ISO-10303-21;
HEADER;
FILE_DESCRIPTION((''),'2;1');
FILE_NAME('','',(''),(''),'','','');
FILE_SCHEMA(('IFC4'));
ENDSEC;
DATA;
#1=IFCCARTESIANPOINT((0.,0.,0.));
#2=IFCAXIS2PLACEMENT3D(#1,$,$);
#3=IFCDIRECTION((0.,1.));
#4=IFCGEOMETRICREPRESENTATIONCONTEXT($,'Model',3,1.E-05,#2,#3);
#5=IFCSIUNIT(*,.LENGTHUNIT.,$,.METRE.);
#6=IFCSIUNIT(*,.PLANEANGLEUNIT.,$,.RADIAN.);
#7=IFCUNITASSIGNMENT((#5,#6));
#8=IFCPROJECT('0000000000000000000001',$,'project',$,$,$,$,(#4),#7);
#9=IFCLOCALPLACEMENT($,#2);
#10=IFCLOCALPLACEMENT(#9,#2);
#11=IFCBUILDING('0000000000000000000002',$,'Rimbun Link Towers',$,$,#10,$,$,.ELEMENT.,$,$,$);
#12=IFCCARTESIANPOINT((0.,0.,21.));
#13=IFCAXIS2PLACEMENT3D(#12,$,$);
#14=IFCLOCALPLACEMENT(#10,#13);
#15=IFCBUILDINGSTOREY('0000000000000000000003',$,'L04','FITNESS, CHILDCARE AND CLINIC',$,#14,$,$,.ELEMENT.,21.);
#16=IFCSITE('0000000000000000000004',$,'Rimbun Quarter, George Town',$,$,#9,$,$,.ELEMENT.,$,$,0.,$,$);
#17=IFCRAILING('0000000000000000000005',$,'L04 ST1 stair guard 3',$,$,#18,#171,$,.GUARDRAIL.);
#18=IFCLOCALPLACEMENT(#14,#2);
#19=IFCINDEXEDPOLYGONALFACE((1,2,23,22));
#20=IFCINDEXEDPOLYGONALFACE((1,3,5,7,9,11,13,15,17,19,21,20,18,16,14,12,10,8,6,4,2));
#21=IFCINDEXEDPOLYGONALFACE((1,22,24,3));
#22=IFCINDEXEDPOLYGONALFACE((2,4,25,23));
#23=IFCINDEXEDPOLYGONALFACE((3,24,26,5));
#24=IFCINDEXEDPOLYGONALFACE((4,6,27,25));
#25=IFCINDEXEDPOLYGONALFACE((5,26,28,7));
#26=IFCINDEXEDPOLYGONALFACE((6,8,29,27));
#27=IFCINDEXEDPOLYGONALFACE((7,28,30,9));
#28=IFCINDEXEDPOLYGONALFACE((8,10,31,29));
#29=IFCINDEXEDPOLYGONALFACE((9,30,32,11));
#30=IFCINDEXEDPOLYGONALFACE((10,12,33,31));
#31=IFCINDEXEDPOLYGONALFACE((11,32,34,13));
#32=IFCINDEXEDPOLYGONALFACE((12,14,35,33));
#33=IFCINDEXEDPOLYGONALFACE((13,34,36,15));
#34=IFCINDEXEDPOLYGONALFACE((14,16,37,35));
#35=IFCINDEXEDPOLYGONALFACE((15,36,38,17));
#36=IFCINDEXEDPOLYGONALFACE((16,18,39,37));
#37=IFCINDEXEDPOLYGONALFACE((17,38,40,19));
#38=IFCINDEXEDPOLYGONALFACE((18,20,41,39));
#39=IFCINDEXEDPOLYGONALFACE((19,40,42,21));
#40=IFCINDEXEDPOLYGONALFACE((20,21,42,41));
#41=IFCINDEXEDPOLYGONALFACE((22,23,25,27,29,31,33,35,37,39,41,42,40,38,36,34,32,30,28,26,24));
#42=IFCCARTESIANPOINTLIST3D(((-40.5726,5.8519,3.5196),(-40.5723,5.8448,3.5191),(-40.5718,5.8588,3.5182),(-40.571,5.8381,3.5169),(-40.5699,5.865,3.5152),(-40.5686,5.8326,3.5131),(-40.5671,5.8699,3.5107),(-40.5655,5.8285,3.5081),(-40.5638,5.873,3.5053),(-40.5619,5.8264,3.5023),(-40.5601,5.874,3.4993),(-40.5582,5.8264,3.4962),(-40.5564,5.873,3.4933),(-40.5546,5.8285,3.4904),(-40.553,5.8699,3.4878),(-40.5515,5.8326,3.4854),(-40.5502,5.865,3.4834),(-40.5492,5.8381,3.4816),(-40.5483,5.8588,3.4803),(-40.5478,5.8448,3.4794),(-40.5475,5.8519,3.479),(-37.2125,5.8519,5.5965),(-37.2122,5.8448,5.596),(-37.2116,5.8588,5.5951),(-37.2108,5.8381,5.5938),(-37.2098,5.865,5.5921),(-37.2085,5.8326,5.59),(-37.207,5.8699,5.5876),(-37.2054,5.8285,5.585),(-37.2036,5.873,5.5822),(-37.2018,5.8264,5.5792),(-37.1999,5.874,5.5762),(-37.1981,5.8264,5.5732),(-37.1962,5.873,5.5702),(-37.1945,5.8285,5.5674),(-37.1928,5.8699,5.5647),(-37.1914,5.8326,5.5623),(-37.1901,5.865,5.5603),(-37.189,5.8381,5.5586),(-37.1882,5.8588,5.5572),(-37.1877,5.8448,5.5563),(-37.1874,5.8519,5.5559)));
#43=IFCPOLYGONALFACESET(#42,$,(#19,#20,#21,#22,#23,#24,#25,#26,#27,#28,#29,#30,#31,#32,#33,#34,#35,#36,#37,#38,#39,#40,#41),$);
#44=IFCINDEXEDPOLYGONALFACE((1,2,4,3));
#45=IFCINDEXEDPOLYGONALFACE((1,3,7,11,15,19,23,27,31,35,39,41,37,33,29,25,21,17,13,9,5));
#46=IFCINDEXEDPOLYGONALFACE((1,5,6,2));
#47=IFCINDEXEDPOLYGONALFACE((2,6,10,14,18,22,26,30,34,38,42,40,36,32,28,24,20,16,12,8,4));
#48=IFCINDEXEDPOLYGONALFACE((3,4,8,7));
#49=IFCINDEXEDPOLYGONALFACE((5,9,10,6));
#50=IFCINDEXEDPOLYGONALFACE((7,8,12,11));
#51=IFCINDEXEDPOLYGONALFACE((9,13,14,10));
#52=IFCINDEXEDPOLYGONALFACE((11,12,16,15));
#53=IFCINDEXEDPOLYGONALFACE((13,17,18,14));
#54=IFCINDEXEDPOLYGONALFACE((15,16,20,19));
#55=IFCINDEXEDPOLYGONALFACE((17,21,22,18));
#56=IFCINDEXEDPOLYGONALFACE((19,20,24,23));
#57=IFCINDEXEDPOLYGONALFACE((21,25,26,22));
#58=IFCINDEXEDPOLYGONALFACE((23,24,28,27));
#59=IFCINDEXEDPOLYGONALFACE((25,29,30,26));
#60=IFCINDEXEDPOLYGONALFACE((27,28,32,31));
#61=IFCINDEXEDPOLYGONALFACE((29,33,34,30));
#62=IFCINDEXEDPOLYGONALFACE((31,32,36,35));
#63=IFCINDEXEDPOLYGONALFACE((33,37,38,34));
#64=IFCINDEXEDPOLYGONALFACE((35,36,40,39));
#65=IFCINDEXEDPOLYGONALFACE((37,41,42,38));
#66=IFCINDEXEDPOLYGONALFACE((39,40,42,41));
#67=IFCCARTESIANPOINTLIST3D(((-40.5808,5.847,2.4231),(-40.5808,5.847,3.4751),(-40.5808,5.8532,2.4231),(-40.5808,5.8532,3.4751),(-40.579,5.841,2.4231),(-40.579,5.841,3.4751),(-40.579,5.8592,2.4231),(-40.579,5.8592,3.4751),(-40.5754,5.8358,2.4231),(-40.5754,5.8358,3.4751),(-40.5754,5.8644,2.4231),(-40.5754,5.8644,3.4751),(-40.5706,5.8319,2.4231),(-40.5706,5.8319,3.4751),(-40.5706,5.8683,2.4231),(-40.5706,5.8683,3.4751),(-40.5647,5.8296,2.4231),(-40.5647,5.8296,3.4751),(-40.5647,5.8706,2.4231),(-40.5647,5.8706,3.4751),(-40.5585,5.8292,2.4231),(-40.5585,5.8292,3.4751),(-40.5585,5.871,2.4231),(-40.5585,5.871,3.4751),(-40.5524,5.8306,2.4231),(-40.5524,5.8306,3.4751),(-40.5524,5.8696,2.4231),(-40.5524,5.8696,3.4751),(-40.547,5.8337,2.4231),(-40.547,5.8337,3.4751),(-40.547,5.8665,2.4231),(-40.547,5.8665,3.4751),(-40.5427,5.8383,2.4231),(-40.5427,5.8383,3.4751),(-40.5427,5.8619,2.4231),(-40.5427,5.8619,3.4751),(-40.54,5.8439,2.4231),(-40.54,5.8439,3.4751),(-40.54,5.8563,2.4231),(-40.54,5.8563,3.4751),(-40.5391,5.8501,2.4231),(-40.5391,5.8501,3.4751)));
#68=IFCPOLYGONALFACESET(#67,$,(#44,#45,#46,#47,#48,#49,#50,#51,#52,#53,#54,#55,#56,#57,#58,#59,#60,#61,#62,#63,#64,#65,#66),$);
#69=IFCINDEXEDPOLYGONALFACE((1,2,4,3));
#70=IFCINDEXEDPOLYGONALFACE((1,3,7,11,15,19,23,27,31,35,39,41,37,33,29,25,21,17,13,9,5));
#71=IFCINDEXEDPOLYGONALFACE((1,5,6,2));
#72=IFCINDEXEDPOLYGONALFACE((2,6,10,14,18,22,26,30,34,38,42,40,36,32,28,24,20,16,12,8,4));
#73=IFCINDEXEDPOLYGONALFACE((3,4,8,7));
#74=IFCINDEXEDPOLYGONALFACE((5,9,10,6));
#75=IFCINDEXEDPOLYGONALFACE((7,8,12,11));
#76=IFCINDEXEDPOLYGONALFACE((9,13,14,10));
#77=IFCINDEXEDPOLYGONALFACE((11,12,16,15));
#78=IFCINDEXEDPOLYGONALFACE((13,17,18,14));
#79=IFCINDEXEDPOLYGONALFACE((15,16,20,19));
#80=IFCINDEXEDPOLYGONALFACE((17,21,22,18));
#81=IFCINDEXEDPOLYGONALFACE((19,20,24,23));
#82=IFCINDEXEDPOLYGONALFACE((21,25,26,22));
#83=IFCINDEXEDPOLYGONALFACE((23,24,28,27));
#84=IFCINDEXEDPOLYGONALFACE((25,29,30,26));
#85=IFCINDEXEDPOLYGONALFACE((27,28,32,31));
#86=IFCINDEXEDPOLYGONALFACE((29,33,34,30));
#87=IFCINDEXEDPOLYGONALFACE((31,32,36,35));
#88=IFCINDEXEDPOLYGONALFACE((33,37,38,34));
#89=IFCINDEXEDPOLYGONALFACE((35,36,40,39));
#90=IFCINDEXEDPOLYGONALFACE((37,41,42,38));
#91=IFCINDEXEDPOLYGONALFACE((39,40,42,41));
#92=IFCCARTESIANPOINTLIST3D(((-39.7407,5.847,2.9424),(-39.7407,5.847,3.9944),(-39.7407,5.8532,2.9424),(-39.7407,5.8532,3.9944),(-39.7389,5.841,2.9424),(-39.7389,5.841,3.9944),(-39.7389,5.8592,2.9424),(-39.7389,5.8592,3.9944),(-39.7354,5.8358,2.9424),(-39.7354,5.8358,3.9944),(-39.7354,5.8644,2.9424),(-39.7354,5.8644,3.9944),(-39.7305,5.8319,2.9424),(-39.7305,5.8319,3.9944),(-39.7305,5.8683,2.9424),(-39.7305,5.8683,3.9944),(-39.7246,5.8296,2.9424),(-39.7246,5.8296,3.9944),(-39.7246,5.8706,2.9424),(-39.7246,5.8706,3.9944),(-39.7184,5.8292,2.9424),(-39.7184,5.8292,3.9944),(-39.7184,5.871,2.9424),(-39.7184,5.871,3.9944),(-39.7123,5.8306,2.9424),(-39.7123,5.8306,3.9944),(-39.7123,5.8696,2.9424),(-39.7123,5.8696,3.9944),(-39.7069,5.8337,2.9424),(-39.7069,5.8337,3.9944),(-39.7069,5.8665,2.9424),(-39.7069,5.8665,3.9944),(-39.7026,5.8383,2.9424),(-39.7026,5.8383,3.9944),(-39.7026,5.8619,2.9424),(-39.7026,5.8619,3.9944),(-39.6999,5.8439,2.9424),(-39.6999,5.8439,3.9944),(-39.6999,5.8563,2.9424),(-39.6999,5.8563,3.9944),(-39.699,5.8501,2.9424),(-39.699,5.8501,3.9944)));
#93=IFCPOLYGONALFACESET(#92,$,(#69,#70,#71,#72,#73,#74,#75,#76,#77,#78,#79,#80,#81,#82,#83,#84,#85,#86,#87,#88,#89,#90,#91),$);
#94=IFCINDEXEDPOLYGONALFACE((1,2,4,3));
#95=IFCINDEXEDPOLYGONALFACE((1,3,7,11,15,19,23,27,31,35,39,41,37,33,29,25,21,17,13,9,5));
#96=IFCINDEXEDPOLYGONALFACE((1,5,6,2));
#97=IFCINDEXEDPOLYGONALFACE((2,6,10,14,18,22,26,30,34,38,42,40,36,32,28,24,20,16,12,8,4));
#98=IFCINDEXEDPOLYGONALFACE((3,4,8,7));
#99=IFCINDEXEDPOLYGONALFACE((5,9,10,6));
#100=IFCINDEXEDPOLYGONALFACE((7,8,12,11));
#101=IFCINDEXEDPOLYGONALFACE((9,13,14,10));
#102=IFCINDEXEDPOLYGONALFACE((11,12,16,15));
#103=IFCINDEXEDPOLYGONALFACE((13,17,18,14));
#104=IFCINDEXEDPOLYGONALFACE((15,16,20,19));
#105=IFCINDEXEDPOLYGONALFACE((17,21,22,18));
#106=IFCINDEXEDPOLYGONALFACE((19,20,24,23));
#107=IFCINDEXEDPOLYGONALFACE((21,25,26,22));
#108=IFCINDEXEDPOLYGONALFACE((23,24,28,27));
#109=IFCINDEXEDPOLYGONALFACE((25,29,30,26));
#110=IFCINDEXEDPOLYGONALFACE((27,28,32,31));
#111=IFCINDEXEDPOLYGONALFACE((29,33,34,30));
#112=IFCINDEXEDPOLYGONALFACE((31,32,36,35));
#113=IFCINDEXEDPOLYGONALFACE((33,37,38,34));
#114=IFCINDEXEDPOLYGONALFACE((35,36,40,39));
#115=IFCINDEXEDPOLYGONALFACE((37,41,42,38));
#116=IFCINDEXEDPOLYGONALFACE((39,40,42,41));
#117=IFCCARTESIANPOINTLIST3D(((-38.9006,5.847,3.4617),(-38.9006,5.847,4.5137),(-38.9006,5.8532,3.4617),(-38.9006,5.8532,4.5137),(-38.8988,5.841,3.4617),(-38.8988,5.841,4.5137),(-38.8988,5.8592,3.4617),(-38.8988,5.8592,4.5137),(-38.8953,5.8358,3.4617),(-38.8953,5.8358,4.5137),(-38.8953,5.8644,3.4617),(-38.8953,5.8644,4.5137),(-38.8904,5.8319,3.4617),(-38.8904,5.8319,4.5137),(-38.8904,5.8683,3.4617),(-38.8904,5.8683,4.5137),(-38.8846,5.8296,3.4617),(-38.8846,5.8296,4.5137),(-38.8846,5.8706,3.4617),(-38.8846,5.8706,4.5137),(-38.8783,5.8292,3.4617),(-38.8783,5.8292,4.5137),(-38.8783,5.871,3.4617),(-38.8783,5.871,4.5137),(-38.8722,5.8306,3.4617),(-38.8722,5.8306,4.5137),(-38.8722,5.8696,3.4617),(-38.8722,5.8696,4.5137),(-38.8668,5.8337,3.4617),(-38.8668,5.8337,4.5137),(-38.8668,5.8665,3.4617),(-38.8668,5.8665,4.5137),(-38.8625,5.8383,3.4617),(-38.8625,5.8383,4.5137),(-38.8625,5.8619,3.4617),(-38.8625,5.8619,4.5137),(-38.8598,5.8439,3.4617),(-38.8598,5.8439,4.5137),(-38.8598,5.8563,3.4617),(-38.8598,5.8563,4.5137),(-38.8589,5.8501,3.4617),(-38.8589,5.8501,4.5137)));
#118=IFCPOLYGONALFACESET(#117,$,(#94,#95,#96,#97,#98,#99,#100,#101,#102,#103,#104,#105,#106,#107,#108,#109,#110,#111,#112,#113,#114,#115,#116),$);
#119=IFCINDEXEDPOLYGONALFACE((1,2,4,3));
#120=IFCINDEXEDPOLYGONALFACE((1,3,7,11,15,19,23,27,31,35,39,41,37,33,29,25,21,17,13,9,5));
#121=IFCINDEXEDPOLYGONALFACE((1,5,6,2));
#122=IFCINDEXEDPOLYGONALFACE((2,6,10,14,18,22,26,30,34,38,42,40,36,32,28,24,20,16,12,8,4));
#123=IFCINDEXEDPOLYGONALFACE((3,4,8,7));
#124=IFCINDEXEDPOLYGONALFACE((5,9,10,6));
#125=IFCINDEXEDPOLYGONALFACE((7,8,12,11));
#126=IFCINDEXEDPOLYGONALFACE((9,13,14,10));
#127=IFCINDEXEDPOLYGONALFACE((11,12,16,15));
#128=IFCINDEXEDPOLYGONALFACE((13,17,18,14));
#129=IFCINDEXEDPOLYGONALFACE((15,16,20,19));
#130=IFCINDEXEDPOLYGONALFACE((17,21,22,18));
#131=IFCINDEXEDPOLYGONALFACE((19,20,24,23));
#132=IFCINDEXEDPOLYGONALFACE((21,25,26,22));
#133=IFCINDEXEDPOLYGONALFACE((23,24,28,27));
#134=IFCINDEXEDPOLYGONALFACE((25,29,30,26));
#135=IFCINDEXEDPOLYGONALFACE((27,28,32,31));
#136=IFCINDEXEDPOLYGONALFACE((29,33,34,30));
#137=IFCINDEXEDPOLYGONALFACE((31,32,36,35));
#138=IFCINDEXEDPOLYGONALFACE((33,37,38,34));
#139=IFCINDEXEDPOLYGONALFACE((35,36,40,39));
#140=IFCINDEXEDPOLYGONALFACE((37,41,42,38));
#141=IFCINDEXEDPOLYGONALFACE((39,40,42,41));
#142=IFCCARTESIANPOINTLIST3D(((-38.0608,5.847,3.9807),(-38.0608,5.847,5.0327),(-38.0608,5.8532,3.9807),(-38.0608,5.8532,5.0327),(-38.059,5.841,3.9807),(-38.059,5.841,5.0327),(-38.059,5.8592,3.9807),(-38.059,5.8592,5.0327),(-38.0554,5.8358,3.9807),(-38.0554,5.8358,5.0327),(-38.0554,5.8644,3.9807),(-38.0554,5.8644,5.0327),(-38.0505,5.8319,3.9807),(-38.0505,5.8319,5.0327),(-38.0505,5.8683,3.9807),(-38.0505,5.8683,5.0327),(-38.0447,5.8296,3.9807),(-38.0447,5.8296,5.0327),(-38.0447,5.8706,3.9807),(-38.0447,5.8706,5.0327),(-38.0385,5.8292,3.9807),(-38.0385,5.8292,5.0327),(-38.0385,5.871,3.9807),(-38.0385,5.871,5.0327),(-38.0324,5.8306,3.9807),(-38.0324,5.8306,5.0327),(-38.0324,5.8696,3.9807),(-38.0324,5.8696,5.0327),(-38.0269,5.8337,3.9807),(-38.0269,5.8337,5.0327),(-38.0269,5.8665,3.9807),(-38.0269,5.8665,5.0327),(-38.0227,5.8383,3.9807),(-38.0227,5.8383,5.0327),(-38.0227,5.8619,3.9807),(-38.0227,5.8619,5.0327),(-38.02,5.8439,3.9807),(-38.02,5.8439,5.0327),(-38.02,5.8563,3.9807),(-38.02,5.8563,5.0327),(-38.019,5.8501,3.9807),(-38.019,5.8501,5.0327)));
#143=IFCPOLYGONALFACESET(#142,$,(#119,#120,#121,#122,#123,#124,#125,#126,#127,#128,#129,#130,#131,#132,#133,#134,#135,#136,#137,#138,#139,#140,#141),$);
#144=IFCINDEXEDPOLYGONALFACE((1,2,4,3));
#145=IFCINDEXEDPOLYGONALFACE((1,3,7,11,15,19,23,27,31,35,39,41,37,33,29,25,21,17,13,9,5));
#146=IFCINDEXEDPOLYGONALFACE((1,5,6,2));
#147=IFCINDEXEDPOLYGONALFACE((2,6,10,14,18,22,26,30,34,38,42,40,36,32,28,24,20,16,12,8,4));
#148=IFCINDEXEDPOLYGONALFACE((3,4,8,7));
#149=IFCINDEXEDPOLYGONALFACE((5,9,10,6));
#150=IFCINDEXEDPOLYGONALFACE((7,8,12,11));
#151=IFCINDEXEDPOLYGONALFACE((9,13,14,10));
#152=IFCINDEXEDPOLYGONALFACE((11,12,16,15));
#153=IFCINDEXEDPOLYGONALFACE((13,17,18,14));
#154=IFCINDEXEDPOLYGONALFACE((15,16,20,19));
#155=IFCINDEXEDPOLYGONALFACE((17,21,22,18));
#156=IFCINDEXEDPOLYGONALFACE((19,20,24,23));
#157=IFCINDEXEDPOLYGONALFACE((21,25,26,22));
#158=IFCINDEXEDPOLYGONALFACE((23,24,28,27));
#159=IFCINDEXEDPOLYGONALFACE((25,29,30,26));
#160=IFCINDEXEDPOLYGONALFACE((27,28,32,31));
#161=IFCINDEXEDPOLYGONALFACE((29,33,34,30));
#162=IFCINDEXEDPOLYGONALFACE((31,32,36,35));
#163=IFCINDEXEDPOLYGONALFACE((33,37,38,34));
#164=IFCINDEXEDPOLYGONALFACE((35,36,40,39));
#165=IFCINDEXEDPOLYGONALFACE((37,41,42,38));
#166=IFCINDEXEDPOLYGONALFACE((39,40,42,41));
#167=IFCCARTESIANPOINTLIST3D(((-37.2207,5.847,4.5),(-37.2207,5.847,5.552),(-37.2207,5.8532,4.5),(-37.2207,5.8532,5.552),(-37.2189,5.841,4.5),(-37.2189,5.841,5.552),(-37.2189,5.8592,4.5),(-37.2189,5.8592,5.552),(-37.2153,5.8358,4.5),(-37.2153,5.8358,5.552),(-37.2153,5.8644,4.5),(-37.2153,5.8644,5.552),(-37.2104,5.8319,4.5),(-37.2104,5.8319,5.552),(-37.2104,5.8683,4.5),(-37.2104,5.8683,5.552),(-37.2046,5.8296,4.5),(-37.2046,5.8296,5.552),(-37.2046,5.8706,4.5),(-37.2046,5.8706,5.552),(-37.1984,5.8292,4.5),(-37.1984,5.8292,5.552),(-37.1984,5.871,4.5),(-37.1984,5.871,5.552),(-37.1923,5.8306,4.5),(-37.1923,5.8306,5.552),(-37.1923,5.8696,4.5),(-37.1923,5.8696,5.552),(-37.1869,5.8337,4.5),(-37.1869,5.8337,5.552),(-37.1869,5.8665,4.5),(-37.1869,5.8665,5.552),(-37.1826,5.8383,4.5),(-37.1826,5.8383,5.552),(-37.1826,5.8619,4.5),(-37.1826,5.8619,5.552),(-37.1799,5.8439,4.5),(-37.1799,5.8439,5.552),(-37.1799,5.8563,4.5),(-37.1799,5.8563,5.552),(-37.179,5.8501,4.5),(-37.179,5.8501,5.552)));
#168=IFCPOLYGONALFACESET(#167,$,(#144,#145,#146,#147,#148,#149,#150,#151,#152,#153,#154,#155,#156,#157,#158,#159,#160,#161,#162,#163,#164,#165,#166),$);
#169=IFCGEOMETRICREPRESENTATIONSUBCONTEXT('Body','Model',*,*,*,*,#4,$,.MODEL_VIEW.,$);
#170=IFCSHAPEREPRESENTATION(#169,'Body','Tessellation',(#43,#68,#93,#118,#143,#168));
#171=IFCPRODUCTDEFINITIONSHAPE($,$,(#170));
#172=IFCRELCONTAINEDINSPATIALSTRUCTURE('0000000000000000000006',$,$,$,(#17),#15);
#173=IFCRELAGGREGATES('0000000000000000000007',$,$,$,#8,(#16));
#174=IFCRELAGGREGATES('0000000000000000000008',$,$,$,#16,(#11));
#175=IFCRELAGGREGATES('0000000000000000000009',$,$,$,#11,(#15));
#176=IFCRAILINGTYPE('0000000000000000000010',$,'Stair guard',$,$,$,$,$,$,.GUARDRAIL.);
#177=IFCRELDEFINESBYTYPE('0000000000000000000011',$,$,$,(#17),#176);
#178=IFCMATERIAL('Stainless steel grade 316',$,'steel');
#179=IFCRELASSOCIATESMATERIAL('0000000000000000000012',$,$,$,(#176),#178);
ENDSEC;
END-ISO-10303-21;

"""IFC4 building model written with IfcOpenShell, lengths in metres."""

from ifc_helpers import new_model, si_unit, direction, frame, origin, origin_2d, place, context, subcontext, project, spatial, circle, extrude, material, type_object, element, save


model = new_model("IFC4")

# Units and contexts
model_context = context("Model", 3, precision=1e-05, world=origin(), true_north=direction((0.0, 1.0)))
body_context = subcontext(model_context, "Body", "Model", "MODEL_VIEW")
ifc_project = project(units=[si_unit("LENGTHUNIT", "METRE"), si_unit("PLANEANGLEUNIT", "RADIAN")], contexts=[model_context])

# Site, building, storey
site_placement = place(None, origin())
site = spatial("IfcSite", under=ifc_project, at=site_placement, Name="Rimbun Quarter, George Town", CompositionType="ELEMENT", RefElevation=0.0)
building_placement = place(site_placement, origin())
building = spatial("IfcBuilding", under=site, at=building_placement, Name="Rimbun Link Towers", CompositionType="ELEMENT")
storey_placement = place(building_placement, frame((0.0, 0.0, 21.0)))
storey = spatial("IfcBuildingStorey", under=building, at=storey_placement, Name="L04", Description="FITNESS, CHILDCARE AND CLINIC", CompositionType="ELEMENT", Elevation=21.0)

# Railing
ifc_material_1 = material(Name="Stainless steel grade 316", Category="steel")
railing_type_1 = type_object("IfcRailingType", Name="Stair guard", PredefinedType="GUARDRAIL", material=ifc_material_1)
railing_1_placement = place(storey_placement, frame((-40.5601, 5.8501, 2.4231)))
element("IfcRailing", 1, at=railing_1_placement, inside=storey, type_object=railing_type_1, Name="L04 ST1 stair guard 3", PredefinedType="GUARDRAIL", context=body_context, shape_type="SweptSolid", body=[
    extrude(circle(Radius=0.0239, at=origin_2d()), frame((0.0, 0.0, 1.0762), z_axis=(0.850623, 0.0, 0.525776), x_axis=(0.0, 1.0, 0.0)), (0.0, 0.0, 1.0), 3.9502),
    extrude(circle(Radius=0.021, at=origin_2d()), origin(), (0.0, 0.0, 1.0), 1.052),
    extrude(circle(Radius=0.021, at=origin_2d()), frame((0.8401, 0.0, 0.5193)), (0.0, 0.0, 1.0), 1.052),
    extrude(circle(Radius=0.021, at=origin_2d()), frame((1.6802, 0.0, 1.0386)), (0.0, 0.0, 1.0), 1.052),
    extrude(circle(Radius=0.021, at=origin_2d()), frame((2.52, 0.0, 1.5576)), (0.0, 0.0, 1.0), 1.052),
    extrude(circle(Radius=0.021, at=origin_2d()), frame((3.3601, 0.0, 2.0769)), (0.0, 0.0, 1.0), 1.052),
])

save(model, "model.ifc")
